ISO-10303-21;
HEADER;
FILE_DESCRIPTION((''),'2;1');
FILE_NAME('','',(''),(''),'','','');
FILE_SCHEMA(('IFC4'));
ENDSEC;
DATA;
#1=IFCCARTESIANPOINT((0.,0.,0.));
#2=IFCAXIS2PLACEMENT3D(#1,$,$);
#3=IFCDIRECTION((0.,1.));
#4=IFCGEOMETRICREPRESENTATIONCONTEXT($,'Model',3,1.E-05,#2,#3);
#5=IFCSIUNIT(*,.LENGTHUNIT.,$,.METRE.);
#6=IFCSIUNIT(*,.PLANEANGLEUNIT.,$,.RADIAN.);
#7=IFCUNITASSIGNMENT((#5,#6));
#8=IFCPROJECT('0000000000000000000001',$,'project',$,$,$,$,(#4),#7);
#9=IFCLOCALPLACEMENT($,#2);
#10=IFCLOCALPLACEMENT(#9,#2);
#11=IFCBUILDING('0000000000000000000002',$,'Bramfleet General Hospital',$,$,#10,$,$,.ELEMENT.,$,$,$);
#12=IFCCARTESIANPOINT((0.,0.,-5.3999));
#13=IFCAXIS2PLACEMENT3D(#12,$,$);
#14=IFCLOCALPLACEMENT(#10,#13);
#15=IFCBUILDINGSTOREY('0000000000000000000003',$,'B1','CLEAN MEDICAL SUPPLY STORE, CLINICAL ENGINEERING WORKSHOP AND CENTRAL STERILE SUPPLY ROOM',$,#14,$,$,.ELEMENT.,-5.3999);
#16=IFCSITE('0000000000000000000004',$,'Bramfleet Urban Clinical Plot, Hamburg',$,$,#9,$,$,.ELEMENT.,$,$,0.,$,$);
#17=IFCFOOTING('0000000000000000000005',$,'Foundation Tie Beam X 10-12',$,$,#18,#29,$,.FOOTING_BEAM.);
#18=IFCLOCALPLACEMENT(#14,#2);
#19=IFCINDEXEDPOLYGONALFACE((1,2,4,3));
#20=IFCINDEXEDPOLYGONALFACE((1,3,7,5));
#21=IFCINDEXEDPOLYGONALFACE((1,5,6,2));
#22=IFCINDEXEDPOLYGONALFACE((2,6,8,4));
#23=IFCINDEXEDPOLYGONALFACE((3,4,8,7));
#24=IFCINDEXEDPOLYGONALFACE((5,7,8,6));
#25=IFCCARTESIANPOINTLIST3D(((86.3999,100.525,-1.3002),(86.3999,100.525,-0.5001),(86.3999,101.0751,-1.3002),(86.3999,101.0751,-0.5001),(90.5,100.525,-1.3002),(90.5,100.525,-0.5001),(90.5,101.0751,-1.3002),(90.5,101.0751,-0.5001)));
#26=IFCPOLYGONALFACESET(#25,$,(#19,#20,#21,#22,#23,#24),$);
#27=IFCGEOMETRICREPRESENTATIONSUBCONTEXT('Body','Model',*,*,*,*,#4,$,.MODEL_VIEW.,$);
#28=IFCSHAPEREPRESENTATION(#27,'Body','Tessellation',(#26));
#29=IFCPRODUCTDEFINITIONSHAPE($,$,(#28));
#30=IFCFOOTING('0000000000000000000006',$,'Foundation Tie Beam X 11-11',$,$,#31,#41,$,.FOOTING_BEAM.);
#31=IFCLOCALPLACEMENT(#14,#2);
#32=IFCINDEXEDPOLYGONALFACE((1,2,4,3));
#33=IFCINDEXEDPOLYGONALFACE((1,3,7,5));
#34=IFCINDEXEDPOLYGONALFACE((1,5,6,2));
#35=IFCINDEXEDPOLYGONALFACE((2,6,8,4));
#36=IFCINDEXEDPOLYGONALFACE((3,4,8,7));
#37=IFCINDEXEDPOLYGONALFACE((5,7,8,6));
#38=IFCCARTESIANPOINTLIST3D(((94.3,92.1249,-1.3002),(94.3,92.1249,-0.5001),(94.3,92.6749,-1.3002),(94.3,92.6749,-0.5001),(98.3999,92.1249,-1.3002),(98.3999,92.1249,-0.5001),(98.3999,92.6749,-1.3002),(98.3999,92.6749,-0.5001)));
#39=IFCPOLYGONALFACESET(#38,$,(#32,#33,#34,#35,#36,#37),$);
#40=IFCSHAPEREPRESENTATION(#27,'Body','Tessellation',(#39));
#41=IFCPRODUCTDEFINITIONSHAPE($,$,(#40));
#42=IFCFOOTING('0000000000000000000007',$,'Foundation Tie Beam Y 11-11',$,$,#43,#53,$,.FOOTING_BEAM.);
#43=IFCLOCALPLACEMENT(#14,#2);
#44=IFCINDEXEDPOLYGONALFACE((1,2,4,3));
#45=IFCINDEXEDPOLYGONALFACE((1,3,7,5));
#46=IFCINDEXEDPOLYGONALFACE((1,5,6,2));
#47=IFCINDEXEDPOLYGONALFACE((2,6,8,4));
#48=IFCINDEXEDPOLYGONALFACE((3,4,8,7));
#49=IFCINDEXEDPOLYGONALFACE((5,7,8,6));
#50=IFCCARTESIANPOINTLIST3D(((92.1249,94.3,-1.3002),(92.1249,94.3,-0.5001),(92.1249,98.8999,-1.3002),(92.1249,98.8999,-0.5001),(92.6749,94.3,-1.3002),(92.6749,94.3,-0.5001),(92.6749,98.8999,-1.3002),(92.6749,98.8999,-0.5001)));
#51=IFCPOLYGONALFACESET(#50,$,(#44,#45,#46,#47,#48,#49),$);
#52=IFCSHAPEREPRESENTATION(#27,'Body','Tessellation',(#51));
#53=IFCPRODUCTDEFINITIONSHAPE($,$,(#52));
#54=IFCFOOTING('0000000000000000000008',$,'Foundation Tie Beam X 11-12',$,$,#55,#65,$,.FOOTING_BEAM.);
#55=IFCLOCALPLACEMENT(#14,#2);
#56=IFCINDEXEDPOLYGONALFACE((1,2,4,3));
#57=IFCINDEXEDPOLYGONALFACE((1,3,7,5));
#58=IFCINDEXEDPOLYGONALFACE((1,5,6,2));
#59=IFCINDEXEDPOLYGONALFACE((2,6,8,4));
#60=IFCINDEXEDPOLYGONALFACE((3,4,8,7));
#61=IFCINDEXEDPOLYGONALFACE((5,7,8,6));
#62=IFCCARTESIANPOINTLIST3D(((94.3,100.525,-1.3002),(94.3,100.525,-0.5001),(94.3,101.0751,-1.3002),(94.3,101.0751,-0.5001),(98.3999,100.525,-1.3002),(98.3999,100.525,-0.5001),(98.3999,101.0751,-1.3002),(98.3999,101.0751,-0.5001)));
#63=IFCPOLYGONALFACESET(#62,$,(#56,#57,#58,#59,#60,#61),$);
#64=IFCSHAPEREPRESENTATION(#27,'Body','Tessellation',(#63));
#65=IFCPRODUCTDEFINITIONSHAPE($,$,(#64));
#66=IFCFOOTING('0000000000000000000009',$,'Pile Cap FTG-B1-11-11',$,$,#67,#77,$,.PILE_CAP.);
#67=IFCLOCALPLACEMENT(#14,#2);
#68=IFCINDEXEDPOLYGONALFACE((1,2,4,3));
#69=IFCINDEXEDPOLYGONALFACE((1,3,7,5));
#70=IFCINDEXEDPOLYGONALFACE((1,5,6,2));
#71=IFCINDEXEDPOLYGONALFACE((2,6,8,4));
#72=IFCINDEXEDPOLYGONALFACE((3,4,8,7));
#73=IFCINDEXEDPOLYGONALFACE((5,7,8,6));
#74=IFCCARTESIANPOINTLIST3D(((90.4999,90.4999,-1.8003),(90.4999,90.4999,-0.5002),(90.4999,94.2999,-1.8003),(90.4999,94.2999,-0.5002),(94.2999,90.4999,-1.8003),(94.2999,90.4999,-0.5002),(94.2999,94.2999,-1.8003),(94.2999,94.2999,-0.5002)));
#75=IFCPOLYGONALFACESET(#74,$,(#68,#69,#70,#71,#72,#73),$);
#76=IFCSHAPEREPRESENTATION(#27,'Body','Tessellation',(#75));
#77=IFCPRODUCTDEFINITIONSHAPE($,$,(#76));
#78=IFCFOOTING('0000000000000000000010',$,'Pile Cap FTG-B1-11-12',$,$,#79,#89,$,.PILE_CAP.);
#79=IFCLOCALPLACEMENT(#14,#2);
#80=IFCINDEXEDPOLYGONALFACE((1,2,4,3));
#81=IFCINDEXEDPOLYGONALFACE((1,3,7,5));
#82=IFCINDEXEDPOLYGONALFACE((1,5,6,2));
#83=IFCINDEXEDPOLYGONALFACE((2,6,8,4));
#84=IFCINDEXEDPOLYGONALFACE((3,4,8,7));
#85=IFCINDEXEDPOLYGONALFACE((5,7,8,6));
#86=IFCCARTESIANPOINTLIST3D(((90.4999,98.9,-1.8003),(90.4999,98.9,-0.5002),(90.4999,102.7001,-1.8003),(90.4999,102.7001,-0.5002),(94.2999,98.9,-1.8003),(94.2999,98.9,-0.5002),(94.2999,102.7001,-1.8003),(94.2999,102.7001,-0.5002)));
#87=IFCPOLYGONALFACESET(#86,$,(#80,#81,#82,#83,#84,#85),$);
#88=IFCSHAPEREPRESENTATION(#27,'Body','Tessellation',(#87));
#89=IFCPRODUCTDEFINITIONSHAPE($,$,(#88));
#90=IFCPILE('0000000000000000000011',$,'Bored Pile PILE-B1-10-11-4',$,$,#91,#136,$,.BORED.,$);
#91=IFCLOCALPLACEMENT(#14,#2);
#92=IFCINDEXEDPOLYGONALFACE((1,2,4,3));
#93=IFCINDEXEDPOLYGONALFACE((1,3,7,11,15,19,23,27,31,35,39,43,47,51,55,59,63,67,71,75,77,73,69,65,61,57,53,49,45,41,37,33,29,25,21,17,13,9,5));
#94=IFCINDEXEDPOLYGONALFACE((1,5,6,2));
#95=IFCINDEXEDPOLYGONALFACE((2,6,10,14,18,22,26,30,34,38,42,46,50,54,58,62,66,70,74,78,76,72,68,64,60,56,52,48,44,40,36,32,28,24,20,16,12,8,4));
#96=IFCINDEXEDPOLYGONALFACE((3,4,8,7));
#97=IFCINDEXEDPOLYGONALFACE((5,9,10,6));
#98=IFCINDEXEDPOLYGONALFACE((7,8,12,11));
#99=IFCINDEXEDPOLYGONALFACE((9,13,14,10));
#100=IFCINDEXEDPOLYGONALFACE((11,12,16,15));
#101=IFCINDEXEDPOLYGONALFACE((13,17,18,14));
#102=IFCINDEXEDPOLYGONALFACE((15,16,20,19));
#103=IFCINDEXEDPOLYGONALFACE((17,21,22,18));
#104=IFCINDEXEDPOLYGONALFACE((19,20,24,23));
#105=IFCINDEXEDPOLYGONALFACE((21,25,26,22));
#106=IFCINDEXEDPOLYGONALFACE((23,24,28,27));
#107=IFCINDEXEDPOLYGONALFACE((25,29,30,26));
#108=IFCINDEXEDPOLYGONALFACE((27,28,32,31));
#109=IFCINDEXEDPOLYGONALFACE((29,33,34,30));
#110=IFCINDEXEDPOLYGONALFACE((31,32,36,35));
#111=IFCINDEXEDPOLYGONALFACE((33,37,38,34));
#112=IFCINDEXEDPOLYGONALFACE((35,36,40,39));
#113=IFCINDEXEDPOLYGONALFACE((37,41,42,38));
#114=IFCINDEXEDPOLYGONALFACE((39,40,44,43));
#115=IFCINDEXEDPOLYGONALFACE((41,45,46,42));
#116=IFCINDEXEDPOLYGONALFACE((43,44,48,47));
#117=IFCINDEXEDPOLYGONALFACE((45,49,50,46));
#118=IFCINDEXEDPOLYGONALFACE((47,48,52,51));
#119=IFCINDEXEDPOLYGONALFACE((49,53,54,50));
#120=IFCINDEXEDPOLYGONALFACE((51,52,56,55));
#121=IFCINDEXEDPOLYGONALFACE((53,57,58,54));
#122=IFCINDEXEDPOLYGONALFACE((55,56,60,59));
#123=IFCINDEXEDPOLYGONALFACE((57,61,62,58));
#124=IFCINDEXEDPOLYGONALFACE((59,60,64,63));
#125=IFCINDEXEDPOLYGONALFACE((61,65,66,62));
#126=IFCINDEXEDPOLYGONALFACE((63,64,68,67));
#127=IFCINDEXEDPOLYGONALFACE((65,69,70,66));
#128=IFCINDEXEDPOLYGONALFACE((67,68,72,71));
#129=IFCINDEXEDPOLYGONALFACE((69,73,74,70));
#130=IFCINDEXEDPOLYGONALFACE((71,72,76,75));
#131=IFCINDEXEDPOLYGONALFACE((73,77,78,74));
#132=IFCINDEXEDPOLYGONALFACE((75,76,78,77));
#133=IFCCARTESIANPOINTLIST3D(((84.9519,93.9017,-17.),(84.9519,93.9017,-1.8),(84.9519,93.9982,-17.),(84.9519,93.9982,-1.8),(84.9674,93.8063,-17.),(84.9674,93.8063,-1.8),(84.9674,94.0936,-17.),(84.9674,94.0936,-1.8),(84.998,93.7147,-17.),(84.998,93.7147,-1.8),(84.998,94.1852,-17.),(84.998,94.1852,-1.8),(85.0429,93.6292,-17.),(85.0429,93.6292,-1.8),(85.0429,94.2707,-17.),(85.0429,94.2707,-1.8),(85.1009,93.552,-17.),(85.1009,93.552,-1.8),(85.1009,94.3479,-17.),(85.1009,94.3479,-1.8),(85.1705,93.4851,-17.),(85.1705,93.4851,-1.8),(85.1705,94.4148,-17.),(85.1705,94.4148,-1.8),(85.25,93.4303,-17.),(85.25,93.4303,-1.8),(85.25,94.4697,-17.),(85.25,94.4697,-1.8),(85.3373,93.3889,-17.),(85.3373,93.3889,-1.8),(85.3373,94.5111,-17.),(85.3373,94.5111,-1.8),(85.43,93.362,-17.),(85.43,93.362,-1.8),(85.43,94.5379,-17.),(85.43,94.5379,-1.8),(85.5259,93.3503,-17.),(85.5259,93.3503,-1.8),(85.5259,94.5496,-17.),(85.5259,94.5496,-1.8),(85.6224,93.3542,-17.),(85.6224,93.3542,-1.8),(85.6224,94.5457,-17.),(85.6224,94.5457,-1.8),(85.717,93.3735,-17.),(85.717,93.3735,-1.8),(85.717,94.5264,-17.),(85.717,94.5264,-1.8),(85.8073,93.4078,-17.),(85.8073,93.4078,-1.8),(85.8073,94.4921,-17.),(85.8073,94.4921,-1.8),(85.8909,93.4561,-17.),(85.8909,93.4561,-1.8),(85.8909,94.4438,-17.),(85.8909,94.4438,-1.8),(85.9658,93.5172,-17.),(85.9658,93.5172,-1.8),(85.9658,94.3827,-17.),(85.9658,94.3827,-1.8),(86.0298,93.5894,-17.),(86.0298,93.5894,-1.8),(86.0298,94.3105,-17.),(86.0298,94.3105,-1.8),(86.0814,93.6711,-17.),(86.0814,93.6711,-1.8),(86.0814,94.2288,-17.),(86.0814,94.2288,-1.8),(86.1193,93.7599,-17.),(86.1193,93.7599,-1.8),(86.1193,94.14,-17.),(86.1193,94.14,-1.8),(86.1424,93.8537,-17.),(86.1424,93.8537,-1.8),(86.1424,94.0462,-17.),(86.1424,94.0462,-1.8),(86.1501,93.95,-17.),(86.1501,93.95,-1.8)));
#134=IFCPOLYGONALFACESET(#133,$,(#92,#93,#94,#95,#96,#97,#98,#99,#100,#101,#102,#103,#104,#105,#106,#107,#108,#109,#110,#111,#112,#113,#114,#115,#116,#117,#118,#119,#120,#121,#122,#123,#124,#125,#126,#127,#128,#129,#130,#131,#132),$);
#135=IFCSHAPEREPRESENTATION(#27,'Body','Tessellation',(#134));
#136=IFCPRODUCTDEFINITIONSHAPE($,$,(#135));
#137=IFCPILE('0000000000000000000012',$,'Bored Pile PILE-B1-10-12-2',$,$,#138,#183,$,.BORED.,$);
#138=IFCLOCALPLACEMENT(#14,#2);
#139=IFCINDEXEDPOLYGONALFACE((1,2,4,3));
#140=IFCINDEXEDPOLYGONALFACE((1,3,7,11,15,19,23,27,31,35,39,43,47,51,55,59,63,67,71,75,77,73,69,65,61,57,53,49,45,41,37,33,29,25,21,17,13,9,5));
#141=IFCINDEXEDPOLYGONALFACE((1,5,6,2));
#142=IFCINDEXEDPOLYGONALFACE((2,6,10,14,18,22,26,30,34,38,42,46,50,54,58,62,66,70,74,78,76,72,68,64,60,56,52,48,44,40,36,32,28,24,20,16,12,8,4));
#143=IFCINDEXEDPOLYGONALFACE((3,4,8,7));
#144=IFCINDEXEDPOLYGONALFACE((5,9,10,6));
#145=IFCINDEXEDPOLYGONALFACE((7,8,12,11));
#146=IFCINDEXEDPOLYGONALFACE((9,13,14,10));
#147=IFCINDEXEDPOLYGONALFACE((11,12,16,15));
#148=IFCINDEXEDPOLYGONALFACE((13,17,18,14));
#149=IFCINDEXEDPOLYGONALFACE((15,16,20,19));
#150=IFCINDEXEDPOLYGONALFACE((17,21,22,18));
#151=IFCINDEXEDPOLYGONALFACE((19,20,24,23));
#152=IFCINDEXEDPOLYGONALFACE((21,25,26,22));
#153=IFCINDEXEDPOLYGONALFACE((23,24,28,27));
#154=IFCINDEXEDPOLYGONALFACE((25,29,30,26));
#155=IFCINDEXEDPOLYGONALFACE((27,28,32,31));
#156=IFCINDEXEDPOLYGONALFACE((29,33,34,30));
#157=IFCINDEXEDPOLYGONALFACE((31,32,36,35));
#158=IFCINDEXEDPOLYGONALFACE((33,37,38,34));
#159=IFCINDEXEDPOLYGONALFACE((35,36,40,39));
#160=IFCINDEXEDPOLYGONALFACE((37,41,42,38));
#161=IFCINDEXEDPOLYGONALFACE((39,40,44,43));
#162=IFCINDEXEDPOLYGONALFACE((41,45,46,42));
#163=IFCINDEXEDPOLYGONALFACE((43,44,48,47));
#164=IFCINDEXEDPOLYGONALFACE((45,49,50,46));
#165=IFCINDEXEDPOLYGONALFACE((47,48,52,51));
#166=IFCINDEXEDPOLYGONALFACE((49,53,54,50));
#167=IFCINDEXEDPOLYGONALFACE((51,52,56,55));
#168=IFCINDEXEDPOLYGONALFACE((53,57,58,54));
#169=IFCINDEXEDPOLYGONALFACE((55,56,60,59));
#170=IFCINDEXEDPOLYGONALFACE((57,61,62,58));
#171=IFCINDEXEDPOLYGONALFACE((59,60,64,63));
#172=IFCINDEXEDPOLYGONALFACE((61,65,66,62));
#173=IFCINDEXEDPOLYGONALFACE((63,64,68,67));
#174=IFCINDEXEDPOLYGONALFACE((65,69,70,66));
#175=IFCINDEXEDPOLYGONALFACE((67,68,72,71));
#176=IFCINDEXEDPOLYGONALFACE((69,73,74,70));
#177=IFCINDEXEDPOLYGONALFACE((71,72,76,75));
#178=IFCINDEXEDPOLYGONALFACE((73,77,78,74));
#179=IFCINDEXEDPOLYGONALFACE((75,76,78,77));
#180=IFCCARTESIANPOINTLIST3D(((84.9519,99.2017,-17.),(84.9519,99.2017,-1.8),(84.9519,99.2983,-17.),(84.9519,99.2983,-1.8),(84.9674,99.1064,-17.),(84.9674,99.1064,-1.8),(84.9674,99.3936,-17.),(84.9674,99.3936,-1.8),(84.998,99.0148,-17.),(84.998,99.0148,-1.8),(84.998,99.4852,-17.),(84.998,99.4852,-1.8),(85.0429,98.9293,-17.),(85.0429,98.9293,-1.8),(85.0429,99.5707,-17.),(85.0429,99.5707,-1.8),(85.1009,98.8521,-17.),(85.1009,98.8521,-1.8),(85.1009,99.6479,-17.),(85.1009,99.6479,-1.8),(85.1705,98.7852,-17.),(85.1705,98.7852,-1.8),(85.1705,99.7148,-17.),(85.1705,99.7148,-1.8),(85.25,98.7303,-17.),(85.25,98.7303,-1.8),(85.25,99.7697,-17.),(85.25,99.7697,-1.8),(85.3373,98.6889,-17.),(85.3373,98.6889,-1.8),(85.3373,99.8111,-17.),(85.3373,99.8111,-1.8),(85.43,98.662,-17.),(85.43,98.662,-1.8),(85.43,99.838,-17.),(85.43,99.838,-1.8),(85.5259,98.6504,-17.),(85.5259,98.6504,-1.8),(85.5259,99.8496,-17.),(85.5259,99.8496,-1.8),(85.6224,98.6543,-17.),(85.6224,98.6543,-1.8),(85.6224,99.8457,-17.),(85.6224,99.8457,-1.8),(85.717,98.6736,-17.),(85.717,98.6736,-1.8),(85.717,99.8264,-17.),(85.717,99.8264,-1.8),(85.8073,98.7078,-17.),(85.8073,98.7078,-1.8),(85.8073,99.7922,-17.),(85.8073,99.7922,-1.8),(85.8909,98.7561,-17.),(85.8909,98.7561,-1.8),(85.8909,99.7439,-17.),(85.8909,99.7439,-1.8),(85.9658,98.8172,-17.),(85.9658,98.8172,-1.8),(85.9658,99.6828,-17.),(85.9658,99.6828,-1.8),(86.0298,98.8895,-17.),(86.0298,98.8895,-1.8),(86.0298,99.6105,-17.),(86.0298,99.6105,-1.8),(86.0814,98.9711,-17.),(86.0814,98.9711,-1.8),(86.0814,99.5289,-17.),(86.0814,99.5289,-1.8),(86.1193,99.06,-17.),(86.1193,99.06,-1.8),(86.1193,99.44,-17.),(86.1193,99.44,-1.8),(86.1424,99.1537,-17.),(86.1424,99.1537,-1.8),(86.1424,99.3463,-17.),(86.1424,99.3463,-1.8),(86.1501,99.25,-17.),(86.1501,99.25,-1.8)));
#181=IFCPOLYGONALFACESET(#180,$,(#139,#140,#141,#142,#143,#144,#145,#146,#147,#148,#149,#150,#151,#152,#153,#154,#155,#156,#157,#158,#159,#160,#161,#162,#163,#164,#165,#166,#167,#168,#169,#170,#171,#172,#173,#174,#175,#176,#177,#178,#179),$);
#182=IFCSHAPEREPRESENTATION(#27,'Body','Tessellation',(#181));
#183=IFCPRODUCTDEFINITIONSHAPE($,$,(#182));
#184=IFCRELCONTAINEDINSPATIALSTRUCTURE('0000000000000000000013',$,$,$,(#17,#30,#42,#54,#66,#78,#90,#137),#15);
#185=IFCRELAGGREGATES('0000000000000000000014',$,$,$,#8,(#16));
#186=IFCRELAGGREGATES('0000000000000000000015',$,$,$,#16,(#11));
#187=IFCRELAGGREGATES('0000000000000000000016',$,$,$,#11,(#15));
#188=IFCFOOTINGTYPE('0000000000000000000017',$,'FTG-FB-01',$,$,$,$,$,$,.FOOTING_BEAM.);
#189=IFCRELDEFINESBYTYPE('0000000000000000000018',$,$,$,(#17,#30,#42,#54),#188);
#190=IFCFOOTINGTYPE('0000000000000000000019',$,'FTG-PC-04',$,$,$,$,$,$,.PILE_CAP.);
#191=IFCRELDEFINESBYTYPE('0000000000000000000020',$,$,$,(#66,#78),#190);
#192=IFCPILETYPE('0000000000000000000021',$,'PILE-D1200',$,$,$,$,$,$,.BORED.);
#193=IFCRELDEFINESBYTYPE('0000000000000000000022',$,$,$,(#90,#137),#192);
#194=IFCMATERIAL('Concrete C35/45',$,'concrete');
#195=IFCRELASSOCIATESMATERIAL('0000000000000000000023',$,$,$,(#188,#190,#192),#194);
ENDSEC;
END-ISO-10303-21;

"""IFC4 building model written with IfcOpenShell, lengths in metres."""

from ifc_helpers import new_model, si_unit, direction, frame, origin, origin_2d, place, context, subcontext, project, spatial, rectangle, circle, extrude, material, material_profile, profile_set, type_object, element, save


model = new_model("IFC4")

# Units and contexts
model_context = context("Model", 3, precision=1e-05, world=origin(), true_north=direction((0.0, 1.0)))
body_context = subcontext(model_context, "Body", "Model", "MODEL_VIEW")
ifc_project = project(units=[si_unit("LENGTHUNIT", "METRE"), si_unit("PLANEANGLEUNIT", "RADIAN")], contexts=[model_context])

# Site, building, storey
site_placement = place(None, origin())
site = spatial("IfcSite", under=ifc_project, at=site_placement, Name="Bramfleet Urban Clinical Plot, Hamburg", CompositionType="ELEMENT", RefElevation=0.0)
building_placement = place(site_placement, origin())
building = spatial("IfcBuilding", under=site, at=building_placement, Name="Bramfleet General Hospital", CompositionType="ELEMENT")
storey_placement = place(building_placement, frame((0.0, 0.0, -5.3999)))
storey = spatial("IfcBuildingStorey", under=building, at=storey_placement, Name="B1", Description="CLEAN MEDICAL SUPPLY STORE, CLINICAL ENGINEERING WORKSHOP AND CENTRAL STERILE SUPPLY ROOM", CompositionType="ELEMENT", Elevation=-5.3999)

# Footings
ifc_material_1 = material(Name="Concrete C35/45", Category="concrete")
ifc_material_profile_1 = material_profile(ifc_material_1, rectangle(XDim=0.55, YDim=0.8, at=origin_2d()), Name="RC FB 800x550")
ifc_profile_set_1 = profile_set([ifc_material_profile_1], Name="Concrete C35/45")
footing_type_1 = type_object("IfcFootingType", Name="FTG-FB-01", PredefinedType="FOOTING_BEAM", material=ifc_profile_set_1)
footing_1_placement = place(storey_placement, frame((86.3999, 100.8, -0.9001), z_axis=(1.0, 0.0, 0.0), x_axis=(0.0, 1.0, 0.0)))
element("IfcFooting", 1, at=footing_1_placement, inside=storey, type_object=footing_type_1, Name="Foundation Tie Beam X 10-12", PredefinedType="FOOTING_BEAM", context=body_context, shape_type="SweptSolid", body=[
    extrude(rectangle(XDim=0.55, YDim=0.8, at=origin_2d()), origin(), (0.0, 0.0, 1.0), 4.1001),
])
footing_2_placement = place(storey_placement, frame((94.3, 92.3999, -0.9001), z_axis=(1.0, 0.0, 0.0), x_axis=(0.0, 1.0, 0.0)))
element("IfcFooting", 2, at=footing_2_placement, inside=storey, type_object=footing_type_1, Name="Foundation Tie Beam X 11-11", PredefinedType="FOOTING_BEAM", context=body_context, shape_type="SweptSolid", body=[
    extrude(rectangle(XDim=0.55, YDim=0.8, at=origin_2d()), origin(), (0.0, 0.0, 1.0), 4.0999),
])
footing_3_placement = place(storey_placement, frame((92.3999, 94.3, -0.9001), z_axis=(0.0, 1.0, 0.0), x_axis=(-1.0, 0.0, 0.0)))
element("IfcFooting", 3, at=footing_3_placement, inside=storey, type_object=footing_type_1, Name="Foundation Tie Beam Y 11-11", PredefinedType="FOOTING_BEAM", context=body_context, shape_type="SweptSolid", body=[
    extrude(rectangle(XDim=0.55, YDim=0.8, at=origin_2d()), origin(), (0.0, 0.0, 1.0), 4.5999),
])
footing_4_placement = place(storey_placement, frame((94.3, 100.8, -0.9001), z_axis=(1.0, 0.0, 0.0), x_axis=(0.0, 1.0, 0.0)))
element("IfcFooting", 4, at=footing_4_placement, inside=storey, type_object=footing_type_1, Name="Foundation Tie Beam X 11-12", PredefinedType="FOOTING_BEAM", context=body_context, shape_type="SweptSolid", body=[
    extrude(rectangle(XDim=0.55, YDim=0.8, at=origin_2d()), origin(), (0.0, 0.0, 1.0), 4.0999),
])
footing_type_2 = type_object("IfcFootingType", Name="FTG-PC-04", PredefinedType="PILE_CAP", material=ifc_material_1)
for number, where, z_axis, x_axis, name in (
    (5, (92.3999, 92.3999, -1.8003), (0.0, 0.0, 1.0), (1.0, 0.0, 0.0), "Pile Cap FTG-B1-11-11"),
    (6, (92.3999, 100.8, -1.8003), (0.0, 0.0, 1.0), (1.0, 0.0, 0.0), "Pile Cap FTG-B1-11-12"),
):
    element("IfcFooting", number, at=place(storey_placement, frame(where, z_axis=z_axis, x_axis=x_axis)), inside=storey, type_object=footing_type_2, Name=name, PredefinedType="PILE_CAP", context=body_context, shape_type="SweptSolid", body=[
        extrude(rectangle(XDim=3.8, YDim=3.8, at=origin_2d()), origin(), (0.0, 0.0, 1.0), 1.3),
    ])

# Piles
ifc_material_profile_2 = material_profile(ifc_material_1, circle(Radius=0.6001, at=origin_2d()), Name="PILE BORED D1200")
ifc_profile_set_2 = profile_set([ifc_material_profile_2], Name="Concrete C35/45")
pile_type_1 = type_object("IfcPileType", Name="PILE-D1200", PredefinedType="BORED", material=ifc_profile_set_2)
for number, where, z_axis, x_axis, name in (
    (7, (85.55, 93.95, -1.8), (0.0, 0.0, -1.0), (1.0, 0.0, 0.0), "Bored Pile PILE-B1-10-11-4"),
    (8, (85.55, 99.25, -1.8), (0.0, 0.0, -1.0), (1.0, 0.0, 0.0), "Bored Pile PILE-B1-10-12-2"),
):
    element("IfcPile", number, at=place(storey_placement, frame(where, z_axis=z_axis, x_axis=x_axis)), inside=storey, type_object=pile_type_1, Name=name, PredefinedType="BORED", context=body_context, shape_type="SweptSolid", body=[
        extrude(circle(Radius=0.6001, at=origin_2d()), origin(), (0.0, 0.0, 1.0), 15.2),
    ])

save(model, "model.ifc")
